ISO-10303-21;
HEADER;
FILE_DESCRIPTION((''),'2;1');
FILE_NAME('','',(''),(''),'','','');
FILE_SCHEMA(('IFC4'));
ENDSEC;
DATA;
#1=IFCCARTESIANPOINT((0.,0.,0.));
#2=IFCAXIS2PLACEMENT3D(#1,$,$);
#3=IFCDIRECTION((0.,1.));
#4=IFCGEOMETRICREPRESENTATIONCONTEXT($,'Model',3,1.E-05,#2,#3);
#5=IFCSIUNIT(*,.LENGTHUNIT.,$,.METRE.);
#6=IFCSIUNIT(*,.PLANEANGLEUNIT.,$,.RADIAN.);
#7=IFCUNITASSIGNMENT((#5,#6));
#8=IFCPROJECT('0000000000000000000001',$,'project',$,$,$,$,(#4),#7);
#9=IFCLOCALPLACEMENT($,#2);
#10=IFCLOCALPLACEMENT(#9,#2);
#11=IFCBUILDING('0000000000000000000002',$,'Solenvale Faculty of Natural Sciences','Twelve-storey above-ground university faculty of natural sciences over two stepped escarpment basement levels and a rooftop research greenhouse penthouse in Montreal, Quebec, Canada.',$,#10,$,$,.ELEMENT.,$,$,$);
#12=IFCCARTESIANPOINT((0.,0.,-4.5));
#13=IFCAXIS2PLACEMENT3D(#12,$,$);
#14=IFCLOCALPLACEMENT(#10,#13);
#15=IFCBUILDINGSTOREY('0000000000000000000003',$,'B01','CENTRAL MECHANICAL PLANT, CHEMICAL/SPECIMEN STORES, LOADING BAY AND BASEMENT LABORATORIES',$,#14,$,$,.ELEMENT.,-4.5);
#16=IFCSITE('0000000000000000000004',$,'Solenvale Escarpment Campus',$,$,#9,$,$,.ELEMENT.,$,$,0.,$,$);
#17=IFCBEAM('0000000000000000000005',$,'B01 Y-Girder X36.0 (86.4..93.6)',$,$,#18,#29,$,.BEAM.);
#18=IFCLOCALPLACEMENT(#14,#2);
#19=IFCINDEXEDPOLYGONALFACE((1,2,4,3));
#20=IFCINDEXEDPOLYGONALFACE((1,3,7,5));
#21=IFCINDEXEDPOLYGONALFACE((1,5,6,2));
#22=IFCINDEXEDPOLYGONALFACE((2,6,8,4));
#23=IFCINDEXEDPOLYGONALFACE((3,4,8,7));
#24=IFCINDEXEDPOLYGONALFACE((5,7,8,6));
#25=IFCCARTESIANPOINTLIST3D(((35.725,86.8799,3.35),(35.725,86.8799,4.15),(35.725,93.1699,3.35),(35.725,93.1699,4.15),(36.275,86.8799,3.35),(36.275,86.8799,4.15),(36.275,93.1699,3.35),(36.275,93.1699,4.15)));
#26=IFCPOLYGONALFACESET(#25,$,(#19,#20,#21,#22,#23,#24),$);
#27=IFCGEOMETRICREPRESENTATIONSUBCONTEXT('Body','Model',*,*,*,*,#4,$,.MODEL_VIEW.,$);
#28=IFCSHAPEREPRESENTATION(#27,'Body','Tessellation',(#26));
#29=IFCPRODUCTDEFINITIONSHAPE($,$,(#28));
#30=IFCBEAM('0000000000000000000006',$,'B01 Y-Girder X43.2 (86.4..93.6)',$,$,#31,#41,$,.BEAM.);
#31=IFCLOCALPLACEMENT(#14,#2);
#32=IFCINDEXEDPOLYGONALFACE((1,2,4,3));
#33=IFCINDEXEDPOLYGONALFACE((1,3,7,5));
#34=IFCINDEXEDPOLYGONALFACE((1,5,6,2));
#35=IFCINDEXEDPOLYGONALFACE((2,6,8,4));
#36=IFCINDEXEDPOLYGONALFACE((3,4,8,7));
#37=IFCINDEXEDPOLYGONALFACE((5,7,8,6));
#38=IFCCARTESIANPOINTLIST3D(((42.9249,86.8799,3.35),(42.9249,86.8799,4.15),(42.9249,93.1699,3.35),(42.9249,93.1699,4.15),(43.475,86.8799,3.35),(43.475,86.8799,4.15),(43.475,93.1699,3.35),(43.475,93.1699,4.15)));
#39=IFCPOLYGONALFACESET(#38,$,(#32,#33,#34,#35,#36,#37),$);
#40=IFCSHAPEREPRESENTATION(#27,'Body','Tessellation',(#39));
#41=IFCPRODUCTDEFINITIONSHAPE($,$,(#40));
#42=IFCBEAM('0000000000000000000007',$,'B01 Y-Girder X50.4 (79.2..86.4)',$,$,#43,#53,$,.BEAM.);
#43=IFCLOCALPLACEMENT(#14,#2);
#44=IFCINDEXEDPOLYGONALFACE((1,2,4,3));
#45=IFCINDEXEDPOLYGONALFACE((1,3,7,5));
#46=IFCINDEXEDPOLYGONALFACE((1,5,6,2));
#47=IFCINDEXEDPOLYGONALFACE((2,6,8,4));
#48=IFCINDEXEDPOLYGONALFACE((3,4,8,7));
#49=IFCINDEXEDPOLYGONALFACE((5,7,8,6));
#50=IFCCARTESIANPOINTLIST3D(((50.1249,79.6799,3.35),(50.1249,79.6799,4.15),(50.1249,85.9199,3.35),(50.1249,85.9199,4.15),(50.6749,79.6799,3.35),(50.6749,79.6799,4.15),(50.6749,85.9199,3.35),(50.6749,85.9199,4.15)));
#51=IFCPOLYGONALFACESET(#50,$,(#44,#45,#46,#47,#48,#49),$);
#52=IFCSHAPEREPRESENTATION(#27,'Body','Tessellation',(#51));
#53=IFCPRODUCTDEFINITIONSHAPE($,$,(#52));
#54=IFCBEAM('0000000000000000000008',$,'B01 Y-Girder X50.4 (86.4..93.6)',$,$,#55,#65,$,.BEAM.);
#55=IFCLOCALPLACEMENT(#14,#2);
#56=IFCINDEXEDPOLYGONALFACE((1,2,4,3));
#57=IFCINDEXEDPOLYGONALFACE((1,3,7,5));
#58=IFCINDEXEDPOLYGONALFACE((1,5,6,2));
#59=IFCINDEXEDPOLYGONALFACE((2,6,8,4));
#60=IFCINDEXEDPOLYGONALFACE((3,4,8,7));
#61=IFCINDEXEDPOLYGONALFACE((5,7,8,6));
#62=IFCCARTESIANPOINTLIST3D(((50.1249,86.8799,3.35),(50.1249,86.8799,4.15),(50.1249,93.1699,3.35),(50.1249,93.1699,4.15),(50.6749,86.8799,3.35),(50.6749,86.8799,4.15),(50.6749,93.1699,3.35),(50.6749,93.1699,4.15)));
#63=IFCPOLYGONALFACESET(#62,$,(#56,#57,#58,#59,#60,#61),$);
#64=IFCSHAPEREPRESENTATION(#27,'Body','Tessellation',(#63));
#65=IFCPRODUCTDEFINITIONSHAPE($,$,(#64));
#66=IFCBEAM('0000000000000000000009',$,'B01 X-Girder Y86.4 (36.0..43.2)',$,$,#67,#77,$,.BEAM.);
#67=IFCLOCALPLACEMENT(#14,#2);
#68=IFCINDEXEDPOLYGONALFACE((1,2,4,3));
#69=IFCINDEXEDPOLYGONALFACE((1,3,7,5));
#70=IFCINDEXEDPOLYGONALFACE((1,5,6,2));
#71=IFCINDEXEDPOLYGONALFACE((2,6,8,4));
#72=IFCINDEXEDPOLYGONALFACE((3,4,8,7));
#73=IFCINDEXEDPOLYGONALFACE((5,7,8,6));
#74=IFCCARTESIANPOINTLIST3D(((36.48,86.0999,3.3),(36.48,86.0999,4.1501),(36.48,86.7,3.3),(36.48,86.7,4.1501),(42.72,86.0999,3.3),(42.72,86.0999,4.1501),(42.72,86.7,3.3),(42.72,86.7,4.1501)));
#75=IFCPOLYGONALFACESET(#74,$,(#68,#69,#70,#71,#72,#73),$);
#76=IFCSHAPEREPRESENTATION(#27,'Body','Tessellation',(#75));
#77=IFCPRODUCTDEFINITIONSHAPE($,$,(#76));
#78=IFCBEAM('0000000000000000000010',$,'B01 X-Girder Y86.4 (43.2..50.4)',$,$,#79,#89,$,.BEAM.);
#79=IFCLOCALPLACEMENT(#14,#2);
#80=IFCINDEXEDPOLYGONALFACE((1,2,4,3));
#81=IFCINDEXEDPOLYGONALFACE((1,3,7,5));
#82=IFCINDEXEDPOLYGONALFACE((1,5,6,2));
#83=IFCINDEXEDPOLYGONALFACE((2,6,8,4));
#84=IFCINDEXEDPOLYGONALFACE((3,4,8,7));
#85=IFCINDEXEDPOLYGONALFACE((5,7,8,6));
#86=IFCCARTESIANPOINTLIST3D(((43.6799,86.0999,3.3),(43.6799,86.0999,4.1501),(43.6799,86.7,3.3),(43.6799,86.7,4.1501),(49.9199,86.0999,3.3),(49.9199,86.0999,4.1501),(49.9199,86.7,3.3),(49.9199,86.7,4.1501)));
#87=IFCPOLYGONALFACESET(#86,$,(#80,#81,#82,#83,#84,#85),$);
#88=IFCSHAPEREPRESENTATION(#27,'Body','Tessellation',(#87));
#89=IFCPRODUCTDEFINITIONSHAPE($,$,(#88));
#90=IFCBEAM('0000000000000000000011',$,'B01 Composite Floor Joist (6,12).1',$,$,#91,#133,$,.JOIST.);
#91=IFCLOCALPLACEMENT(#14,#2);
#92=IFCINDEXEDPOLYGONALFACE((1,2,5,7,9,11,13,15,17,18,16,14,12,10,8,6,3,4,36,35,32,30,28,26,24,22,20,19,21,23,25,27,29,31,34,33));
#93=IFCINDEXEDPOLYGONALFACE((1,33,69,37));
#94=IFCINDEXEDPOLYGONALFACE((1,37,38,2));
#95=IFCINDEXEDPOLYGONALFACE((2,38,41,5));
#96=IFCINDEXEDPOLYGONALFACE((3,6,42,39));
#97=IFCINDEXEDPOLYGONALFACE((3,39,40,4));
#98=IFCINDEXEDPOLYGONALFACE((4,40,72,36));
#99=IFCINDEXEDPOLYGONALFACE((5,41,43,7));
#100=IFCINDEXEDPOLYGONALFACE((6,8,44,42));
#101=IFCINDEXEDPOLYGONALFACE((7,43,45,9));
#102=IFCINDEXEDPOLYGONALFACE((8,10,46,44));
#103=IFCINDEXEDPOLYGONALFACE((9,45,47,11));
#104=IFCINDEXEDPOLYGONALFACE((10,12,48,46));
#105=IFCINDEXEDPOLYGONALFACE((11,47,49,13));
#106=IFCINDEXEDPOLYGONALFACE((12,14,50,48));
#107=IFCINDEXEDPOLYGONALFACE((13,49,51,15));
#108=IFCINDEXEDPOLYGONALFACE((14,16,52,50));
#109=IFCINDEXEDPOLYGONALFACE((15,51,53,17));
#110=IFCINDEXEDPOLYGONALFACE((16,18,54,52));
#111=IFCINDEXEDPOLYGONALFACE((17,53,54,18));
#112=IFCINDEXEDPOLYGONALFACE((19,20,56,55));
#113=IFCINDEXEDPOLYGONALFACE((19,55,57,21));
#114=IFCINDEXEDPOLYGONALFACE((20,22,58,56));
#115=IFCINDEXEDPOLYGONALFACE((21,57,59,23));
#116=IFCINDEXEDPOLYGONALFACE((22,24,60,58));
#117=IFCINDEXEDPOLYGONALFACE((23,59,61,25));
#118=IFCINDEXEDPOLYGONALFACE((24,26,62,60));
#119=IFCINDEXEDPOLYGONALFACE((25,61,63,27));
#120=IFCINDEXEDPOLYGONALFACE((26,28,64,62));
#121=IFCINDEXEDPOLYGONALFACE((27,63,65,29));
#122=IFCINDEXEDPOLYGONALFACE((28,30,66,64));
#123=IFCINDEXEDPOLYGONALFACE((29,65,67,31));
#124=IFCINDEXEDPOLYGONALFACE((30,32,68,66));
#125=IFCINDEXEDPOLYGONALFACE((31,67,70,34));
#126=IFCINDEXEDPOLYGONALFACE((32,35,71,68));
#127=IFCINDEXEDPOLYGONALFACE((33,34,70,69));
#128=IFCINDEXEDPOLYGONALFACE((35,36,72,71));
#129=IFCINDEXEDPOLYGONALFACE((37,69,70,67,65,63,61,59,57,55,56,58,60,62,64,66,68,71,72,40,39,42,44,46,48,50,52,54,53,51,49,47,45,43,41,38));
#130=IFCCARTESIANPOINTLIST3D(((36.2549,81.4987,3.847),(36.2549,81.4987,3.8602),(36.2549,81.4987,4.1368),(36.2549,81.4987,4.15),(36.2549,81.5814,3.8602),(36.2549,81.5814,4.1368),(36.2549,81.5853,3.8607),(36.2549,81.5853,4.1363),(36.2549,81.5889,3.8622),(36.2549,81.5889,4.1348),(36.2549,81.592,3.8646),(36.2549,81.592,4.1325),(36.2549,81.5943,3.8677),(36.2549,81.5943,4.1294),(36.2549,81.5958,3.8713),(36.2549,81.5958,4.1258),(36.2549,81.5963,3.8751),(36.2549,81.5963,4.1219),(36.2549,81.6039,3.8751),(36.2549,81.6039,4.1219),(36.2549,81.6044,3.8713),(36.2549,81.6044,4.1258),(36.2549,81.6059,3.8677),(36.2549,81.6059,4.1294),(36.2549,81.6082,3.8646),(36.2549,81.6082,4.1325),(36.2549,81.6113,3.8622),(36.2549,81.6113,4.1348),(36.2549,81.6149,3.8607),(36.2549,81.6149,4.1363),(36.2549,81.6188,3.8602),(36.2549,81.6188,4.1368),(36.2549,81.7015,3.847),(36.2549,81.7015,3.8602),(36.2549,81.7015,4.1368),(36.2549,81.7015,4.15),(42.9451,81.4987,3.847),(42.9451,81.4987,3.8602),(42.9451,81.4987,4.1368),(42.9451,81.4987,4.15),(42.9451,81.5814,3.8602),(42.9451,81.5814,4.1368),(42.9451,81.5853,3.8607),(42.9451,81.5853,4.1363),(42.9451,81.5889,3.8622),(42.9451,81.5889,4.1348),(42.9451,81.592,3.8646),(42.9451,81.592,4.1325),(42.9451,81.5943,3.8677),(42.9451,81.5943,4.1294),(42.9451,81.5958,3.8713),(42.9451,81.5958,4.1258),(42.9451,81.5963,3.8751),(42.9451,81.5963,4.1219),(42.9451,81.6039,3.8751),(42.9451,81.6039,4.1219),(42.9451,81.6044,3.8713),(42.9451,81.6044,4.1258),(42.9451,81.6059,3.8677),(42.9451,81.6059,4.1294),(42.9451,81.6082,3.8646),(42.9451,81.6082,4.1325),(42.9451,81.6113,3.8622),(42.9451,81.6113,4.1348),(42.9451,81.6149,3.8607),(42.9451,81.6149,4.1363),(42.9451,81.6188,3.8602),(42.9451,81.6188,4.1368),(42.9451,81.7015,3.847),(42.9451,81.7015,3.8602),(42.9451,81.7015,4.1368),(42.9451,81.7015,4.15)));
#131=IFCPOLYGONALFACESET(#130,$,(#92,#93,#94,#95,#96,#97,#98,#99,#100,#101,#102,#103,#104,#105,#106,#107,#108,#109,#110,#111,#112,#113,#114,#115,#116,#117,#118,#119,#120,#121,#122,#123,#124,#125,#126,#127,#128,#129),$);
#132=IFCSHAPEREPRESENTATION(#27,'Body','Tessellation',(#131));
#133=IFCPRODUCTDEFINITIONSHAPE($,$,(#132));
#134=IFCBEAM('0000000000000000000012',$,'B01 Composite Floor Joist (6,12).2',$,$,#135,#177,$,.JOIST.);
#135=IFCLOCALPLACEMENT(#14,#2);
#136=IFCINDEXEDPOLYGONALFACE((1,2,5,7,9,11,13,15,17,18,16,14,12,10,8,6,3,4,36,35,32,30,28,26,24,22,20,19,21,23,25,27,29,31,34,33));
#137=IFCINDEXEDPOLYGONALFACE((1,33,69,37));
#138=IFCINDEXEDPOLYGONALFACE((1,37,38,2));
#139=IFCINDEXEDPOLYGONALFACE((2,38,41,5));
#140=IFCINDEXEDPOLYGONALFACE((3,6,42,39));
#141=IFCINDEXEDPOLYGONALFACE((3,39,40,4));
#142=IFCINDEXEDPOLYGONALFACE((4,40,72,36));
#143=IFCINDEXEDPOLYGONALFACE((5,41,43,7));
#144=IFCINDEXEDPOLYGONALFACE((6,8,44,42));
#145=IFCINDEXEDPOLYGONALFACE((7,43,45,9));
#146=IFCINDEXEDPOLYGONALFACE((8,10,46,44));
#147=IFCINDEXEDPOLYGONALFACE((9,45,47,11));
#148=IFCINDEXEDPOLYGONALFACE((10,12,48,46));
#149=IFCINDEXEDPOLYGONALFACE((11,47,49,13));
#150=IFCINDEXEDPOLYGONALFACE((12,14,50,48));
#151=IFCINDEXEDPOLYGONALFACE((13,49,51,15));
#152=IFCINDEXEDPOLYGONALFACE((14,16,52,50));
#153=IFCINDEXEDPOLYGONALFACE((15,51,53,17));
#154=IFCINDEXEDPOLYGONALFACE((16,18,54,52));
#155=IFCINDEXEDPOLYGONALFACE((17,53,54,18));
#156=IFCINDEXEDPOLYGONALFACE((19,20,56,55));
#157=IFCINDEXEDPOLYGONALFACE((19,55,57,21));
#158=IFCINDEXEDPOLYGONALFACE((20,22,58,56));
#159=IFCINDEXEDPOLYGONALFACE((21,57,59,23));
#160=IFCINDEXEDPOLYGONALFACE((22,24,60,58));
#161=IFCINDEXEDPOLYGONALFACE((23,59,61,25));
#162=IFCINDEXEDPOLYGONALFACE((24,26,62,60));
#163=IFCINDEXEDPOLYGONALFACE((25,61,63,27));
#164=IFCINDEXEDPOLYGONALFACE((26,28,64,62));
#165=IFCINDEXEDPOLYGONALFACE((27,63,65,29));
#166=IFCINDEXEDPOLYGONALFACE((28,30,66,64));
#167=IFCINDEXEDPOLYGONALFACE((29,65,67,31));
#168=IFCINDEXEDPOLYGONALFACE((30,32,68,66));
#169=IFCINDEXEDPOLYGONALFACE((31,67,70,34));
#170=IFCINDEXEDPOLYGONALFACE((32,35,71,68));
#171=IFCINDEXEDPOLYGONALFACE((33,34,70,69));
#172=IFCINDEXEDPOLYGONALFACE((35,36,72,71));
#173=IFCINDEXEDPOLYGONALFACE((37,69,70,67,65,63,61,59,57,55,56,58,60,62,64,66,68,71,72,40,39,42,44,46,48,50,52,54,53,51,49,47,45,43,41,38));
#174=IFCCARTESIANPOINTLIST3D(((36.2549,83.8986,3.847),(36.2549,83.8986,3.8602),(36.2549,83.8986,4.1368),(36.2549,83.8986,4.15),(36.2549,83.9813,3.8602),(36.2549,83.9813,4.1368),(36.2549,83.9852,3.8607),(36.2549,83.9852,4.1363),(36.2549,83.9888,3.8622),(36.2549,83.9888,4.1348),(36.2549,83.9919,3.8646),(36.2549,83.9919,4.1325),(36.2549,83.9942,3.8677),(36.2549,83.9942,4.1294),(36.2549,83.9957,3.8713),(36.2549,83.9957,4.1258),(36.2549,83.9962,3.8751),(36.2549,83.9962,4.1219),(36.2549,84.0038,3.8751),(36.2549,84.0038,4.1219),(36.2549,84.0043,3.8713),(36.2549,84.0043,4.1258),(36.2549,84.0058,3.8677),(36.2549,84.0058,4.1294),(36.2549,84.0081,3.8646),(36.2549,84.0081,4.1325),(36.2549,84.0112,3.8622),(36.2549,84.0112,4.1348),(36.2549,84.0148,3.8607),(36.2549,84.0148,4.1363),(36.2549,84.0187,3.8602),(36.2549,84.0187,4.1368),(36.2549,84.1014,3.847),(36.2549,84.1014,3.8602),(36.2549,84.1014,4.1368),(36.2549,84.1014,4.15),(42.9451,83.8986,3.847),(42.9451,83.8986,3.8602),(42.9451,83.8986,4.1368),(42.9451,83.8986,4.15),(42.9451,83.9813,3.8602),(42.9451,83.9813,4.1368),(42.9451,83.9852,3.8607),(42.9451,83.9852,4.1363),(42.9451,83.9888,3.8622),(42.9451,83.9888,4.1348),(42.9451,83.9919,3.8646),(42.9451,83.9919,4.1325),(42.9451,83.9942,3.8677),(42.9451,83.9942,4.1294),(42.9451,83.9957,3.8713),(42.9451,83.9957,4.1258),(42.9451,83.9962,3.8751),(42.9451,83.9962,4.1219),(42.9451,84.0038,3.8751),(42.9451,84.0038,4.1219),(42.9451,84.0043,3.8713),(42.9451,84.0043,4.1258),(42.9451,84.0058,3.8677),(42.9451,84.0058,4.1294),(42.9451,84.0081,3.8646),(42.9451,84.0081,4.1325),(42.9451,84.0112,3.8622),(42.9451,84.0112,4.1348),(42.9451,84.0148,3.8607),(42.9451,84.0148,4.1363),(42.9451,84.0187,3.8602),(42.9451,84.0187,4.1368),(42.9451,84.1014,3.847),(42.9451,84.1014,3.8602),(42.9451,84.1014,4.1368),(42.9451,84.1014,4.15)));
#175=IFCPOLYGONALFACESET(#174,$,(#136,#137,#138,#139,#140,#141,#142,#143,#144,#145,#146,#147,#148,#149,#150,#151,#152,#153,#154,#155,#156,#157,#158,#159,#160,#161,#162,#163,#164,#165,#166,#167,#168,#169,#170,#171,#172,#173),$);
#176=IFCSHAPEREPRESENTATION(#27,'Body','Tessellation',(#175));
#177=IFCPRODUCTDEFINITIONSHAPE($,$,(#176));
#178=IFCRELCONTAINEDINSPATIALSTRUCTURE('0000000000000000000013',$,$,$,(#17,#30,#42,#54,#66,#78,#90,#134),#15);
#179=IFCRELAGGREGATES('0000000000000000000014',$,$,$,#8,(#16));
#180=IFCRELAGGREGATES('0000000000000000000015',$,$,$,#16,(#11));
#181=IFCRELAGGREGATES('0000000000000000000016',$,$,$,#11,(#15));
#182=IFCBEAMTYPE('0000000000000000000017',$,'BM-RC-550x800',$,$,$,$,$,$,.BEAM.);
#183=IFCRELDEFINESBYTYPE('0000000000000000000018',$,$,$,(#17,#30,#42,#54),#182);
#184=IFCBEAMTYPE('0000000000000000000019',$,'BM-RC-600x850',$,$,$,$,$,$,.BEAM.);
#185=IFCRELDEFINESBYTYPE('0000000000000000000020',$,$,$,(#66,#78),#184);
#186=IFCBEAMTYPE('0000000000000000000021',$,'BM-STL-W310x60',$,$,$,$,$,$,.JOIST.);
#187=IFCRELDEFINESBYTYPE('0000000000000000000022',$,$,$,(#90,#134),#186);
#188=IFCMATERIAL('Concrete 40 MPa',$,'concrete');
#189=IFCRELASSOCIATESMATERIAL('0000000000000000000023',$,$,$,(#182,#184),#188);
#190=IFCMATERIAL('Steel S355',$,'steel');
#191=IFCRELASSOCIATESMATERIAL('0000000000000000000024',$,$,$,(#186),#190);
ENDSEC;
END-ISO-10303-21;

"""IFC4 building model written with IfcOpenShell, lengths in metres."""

from ifc_helpers import new_model, si_unit, direction, frame, origin, origin_2d, place, context, subcontext, project, spatial, rectangle, i_section, extrude, material, material_profile, profile_set, type_object, element, save


model = new_model("IFC4")

# Units and contexts
model_context = context("Model", 3, precision=1e-05, world=origin(), true_north=direction((0.0, 1.0)))
body_context = subcontext(model_context, "Body", "Model", "MODEL_VIEW")
ifc_project = project(units=[si_unit("LENGTHUNIT", "METRE"), si_unit("PLANEANGLEUNIT", "RADIAN")], contexts=[model_context])

# Site, building, storey
site_placement = place(None, origin())
site = spatial("IfcSite", under=ifc_project, at=site_placement, Name="Solenvale Escarpment Campus", CompositionType="ELEMENT", RefElevation=0.0)
building_placement = place(site_placement, origin())
building = spatial("IfcBuilding", under=site, at=building_placement, Name="Solenvale Faculty of Natural Sciences", Description="Twelve-storey above-ground university faculty of natural sciences over two stepped escarpment basement levels and a rooftop research greenhouse penthouse in Montreal, Quebec, Canada.", CompositionType="ELEMENT")
storey_placement = place(building_placement, frame((0.0, 0.0, -4.5)))
storey = spatial("IfcBuildingStorey", under=building, at=storey_placement, Name="B01", Description="CENTRAL MECHANICAL PLANT, CHEMICAL/SPECIMEN STORES, LOADING BAY AND BASEMENT LABORATORIES", CompositionType="ELEMENT", Elevation=-4.5)

# Shared definitions
ifc_material_1 = material(Name="Concrete 40 MPa", Category="concrete")

# Beams
ifc_material_profile_1 = material_profile(ifc_material_1, rectangle(XDim=0.55, YDim=0.8, at=origin_2d()), Name="RC-BM-550x800")
ifc_profile_set_1 = profile_set([ifc_material_profile_1], Name="Concrete 40 MPa")
beam_type_1 = type_object("IfcBeamType", Name="BM-RC-550x800", PredefinedType="BEAM", material=ifc_profile_set_1)
for number, where, z_axis, x_axis, name in (
    (1, (36.0, 86.8799, 3.75), (0.0, 1.0, 0.0), (-1.0, 0.0, 0.0), "B01 Y-Girder X36.0 (86.4..93.6)"),
    (2, (43.2, 86.8799, 3.75), (0.0, 1.0, 0.0), (-1.0, 0.0, 0.0), "B01 Y-Girder X43.2 (86.4..93.6)"),
):
    element("IfcBeam", number, at=place(storey_placement, frame(where, z_axis=z_axis, x_axis=x_axis)), inside=storey, type_object=beam_type_1, Name=name, PredefinedType="BEAM", context=body_context, shape_type="SweptSolid", body=[
        extrude(rectangle(XDim=0.55, YDim=0.8, at=origin_2d()), origin(), (0.0, 0.0, 1.0), 6.29),
    ])
beam_1_placement = place(storey_placement, frame((50.3999, 79.6799, 3.75), z_axis=(0.0, 1.0, 0.0), x_axis=(-1.0, 0.0, 0.0)))
element("IfcBeam", 3, at=beam_1_placement, inside=storey, type_object=beam_type_1, Name="B01 Y-Girder X50.4 (79.2..86.4)", PredefinedType="BEAM", context=body_context, shape_type="SweptSolid", body=[
    extrude(rectangle(XDim=0.55, YDim=0.8, at=origin_2d()), origin(), (0.0, 0.0, 1.0), 6.24),
])
beam_2_placement = place(storey_placement, frame((50.3999, 86.8799, 3.75), z_axis=(0.0, 1.0, 0.0), x_axis=(-1.0, 0.0, 0.0)))
element("IfcBeam", 4, at=beam_2_placement, inside=storey, type_object=beam_type_1, Name="B01 Y-Girder X50.4 (86.4..93.6)", PredefinedType="BEAM", context=body_context, shape_type="SweptSolid", body=[
    extrude(rectangle(XDim=0.55, YDim=0.8, at=origin_2d()), origin(), (0.0, 0.0, 1.0), 6.29),
])
ifc_material_profile_2 = material_profile(ifc_material_1, rectangle(XDim=0.6001, YDim=0.8501, at=origin_2d()), Name="RC-BM-600x850")
ifc_profile_set_2 = profile_set([ifc_material_profile_2], Name="Concrete 40 MPa")
beam_type_2 = type_object("IfcBeamType", Name="BM-RC-600x850", PredefinedType="BEAM", material=ifc_profile_set_2)
for number, where, z_axis, x_axis, name in (
    (5, (36.48, 86.3999, 3.7251), (1.0, 0.0, 0.0), (0.0, 1.0, 0.0), "B01 X-Girder Y86.4 (36.0..43.2)"),
    (6, (43.6799, 86.3999, 3.7251), (1.0, 0.0, 0.0), (0.0, 1.0, 0.0), "B01 X-Girder Y86.4 (43.2..50.4)"),
):
    element("IfcBeam", number, at=place(storey_placement, frame(where, z_axis=z_axis, x_axis=x_axis)), inside=storey, type_object=beam_type_2, Name=name, PredefinedType="BEAM", context=body_context, shape_type="SweptSolid", body=[
        extrude(rectangle(XDim=0.6001, YDim=0.8501, at=origin_2d()), origin(), (0.0, 0.0, 1.0), 6.24),
    ])
ifc_material_2 = material(Name="Steel S355", Category="steel")
ifc_material_profile_3 = material_profile(ifc_material_2, i_section(OverallWidth=0.2029, OverallDepth=0.303, WebThickness=0.0076, FlangeThickness=0.0132, FilletRadius=0.0149, at=origin_2d()), Name="W310x60")
ifc_profile_set_3 = profile_set([ifc_material_profile_3], Name="Steel S355")
beam_type_3 = type_object("IfcBeamType", Name="BM-STL-W310x60", PredefinedType="JOIST", material=ifc_profile_set_3)
for number, where, z_axis, x_axis, name in (
    (7, (36.2549, 81.6001, 3.9985), (1.0, 0.0, 0.0), (0.0, 1.0, 0.0), "B01 Composite Floor Joist (6,12).1"),
    (8, (36.2549, 84.0, 3.9985), (1.0, 0.0, 0.0), (0.0, 1.0, 0.0), "B01 Composite Floor Joist (6,12).2"),
):
    element("IfcBeam", number, at=place(storey_placement, frame(where, z_axis=z_axis, x_axis=x_axis)), inside=storey, type_object=beam_type_3, Name=name, PredefinedType="JOIST", context=body_context, shape_type="SweptSolid", body=[
        extrude(i_section(OverallWidth=0.2029, OverallDepth=0.303, WebThickness=0.0076, FlangeThickness=0.0132, FilletRadius=0.0149, at=origin_2d()), origin(), (0.0, 0.0, 1.0), 6.6902),
    ])

save(model, "model.ifc")
